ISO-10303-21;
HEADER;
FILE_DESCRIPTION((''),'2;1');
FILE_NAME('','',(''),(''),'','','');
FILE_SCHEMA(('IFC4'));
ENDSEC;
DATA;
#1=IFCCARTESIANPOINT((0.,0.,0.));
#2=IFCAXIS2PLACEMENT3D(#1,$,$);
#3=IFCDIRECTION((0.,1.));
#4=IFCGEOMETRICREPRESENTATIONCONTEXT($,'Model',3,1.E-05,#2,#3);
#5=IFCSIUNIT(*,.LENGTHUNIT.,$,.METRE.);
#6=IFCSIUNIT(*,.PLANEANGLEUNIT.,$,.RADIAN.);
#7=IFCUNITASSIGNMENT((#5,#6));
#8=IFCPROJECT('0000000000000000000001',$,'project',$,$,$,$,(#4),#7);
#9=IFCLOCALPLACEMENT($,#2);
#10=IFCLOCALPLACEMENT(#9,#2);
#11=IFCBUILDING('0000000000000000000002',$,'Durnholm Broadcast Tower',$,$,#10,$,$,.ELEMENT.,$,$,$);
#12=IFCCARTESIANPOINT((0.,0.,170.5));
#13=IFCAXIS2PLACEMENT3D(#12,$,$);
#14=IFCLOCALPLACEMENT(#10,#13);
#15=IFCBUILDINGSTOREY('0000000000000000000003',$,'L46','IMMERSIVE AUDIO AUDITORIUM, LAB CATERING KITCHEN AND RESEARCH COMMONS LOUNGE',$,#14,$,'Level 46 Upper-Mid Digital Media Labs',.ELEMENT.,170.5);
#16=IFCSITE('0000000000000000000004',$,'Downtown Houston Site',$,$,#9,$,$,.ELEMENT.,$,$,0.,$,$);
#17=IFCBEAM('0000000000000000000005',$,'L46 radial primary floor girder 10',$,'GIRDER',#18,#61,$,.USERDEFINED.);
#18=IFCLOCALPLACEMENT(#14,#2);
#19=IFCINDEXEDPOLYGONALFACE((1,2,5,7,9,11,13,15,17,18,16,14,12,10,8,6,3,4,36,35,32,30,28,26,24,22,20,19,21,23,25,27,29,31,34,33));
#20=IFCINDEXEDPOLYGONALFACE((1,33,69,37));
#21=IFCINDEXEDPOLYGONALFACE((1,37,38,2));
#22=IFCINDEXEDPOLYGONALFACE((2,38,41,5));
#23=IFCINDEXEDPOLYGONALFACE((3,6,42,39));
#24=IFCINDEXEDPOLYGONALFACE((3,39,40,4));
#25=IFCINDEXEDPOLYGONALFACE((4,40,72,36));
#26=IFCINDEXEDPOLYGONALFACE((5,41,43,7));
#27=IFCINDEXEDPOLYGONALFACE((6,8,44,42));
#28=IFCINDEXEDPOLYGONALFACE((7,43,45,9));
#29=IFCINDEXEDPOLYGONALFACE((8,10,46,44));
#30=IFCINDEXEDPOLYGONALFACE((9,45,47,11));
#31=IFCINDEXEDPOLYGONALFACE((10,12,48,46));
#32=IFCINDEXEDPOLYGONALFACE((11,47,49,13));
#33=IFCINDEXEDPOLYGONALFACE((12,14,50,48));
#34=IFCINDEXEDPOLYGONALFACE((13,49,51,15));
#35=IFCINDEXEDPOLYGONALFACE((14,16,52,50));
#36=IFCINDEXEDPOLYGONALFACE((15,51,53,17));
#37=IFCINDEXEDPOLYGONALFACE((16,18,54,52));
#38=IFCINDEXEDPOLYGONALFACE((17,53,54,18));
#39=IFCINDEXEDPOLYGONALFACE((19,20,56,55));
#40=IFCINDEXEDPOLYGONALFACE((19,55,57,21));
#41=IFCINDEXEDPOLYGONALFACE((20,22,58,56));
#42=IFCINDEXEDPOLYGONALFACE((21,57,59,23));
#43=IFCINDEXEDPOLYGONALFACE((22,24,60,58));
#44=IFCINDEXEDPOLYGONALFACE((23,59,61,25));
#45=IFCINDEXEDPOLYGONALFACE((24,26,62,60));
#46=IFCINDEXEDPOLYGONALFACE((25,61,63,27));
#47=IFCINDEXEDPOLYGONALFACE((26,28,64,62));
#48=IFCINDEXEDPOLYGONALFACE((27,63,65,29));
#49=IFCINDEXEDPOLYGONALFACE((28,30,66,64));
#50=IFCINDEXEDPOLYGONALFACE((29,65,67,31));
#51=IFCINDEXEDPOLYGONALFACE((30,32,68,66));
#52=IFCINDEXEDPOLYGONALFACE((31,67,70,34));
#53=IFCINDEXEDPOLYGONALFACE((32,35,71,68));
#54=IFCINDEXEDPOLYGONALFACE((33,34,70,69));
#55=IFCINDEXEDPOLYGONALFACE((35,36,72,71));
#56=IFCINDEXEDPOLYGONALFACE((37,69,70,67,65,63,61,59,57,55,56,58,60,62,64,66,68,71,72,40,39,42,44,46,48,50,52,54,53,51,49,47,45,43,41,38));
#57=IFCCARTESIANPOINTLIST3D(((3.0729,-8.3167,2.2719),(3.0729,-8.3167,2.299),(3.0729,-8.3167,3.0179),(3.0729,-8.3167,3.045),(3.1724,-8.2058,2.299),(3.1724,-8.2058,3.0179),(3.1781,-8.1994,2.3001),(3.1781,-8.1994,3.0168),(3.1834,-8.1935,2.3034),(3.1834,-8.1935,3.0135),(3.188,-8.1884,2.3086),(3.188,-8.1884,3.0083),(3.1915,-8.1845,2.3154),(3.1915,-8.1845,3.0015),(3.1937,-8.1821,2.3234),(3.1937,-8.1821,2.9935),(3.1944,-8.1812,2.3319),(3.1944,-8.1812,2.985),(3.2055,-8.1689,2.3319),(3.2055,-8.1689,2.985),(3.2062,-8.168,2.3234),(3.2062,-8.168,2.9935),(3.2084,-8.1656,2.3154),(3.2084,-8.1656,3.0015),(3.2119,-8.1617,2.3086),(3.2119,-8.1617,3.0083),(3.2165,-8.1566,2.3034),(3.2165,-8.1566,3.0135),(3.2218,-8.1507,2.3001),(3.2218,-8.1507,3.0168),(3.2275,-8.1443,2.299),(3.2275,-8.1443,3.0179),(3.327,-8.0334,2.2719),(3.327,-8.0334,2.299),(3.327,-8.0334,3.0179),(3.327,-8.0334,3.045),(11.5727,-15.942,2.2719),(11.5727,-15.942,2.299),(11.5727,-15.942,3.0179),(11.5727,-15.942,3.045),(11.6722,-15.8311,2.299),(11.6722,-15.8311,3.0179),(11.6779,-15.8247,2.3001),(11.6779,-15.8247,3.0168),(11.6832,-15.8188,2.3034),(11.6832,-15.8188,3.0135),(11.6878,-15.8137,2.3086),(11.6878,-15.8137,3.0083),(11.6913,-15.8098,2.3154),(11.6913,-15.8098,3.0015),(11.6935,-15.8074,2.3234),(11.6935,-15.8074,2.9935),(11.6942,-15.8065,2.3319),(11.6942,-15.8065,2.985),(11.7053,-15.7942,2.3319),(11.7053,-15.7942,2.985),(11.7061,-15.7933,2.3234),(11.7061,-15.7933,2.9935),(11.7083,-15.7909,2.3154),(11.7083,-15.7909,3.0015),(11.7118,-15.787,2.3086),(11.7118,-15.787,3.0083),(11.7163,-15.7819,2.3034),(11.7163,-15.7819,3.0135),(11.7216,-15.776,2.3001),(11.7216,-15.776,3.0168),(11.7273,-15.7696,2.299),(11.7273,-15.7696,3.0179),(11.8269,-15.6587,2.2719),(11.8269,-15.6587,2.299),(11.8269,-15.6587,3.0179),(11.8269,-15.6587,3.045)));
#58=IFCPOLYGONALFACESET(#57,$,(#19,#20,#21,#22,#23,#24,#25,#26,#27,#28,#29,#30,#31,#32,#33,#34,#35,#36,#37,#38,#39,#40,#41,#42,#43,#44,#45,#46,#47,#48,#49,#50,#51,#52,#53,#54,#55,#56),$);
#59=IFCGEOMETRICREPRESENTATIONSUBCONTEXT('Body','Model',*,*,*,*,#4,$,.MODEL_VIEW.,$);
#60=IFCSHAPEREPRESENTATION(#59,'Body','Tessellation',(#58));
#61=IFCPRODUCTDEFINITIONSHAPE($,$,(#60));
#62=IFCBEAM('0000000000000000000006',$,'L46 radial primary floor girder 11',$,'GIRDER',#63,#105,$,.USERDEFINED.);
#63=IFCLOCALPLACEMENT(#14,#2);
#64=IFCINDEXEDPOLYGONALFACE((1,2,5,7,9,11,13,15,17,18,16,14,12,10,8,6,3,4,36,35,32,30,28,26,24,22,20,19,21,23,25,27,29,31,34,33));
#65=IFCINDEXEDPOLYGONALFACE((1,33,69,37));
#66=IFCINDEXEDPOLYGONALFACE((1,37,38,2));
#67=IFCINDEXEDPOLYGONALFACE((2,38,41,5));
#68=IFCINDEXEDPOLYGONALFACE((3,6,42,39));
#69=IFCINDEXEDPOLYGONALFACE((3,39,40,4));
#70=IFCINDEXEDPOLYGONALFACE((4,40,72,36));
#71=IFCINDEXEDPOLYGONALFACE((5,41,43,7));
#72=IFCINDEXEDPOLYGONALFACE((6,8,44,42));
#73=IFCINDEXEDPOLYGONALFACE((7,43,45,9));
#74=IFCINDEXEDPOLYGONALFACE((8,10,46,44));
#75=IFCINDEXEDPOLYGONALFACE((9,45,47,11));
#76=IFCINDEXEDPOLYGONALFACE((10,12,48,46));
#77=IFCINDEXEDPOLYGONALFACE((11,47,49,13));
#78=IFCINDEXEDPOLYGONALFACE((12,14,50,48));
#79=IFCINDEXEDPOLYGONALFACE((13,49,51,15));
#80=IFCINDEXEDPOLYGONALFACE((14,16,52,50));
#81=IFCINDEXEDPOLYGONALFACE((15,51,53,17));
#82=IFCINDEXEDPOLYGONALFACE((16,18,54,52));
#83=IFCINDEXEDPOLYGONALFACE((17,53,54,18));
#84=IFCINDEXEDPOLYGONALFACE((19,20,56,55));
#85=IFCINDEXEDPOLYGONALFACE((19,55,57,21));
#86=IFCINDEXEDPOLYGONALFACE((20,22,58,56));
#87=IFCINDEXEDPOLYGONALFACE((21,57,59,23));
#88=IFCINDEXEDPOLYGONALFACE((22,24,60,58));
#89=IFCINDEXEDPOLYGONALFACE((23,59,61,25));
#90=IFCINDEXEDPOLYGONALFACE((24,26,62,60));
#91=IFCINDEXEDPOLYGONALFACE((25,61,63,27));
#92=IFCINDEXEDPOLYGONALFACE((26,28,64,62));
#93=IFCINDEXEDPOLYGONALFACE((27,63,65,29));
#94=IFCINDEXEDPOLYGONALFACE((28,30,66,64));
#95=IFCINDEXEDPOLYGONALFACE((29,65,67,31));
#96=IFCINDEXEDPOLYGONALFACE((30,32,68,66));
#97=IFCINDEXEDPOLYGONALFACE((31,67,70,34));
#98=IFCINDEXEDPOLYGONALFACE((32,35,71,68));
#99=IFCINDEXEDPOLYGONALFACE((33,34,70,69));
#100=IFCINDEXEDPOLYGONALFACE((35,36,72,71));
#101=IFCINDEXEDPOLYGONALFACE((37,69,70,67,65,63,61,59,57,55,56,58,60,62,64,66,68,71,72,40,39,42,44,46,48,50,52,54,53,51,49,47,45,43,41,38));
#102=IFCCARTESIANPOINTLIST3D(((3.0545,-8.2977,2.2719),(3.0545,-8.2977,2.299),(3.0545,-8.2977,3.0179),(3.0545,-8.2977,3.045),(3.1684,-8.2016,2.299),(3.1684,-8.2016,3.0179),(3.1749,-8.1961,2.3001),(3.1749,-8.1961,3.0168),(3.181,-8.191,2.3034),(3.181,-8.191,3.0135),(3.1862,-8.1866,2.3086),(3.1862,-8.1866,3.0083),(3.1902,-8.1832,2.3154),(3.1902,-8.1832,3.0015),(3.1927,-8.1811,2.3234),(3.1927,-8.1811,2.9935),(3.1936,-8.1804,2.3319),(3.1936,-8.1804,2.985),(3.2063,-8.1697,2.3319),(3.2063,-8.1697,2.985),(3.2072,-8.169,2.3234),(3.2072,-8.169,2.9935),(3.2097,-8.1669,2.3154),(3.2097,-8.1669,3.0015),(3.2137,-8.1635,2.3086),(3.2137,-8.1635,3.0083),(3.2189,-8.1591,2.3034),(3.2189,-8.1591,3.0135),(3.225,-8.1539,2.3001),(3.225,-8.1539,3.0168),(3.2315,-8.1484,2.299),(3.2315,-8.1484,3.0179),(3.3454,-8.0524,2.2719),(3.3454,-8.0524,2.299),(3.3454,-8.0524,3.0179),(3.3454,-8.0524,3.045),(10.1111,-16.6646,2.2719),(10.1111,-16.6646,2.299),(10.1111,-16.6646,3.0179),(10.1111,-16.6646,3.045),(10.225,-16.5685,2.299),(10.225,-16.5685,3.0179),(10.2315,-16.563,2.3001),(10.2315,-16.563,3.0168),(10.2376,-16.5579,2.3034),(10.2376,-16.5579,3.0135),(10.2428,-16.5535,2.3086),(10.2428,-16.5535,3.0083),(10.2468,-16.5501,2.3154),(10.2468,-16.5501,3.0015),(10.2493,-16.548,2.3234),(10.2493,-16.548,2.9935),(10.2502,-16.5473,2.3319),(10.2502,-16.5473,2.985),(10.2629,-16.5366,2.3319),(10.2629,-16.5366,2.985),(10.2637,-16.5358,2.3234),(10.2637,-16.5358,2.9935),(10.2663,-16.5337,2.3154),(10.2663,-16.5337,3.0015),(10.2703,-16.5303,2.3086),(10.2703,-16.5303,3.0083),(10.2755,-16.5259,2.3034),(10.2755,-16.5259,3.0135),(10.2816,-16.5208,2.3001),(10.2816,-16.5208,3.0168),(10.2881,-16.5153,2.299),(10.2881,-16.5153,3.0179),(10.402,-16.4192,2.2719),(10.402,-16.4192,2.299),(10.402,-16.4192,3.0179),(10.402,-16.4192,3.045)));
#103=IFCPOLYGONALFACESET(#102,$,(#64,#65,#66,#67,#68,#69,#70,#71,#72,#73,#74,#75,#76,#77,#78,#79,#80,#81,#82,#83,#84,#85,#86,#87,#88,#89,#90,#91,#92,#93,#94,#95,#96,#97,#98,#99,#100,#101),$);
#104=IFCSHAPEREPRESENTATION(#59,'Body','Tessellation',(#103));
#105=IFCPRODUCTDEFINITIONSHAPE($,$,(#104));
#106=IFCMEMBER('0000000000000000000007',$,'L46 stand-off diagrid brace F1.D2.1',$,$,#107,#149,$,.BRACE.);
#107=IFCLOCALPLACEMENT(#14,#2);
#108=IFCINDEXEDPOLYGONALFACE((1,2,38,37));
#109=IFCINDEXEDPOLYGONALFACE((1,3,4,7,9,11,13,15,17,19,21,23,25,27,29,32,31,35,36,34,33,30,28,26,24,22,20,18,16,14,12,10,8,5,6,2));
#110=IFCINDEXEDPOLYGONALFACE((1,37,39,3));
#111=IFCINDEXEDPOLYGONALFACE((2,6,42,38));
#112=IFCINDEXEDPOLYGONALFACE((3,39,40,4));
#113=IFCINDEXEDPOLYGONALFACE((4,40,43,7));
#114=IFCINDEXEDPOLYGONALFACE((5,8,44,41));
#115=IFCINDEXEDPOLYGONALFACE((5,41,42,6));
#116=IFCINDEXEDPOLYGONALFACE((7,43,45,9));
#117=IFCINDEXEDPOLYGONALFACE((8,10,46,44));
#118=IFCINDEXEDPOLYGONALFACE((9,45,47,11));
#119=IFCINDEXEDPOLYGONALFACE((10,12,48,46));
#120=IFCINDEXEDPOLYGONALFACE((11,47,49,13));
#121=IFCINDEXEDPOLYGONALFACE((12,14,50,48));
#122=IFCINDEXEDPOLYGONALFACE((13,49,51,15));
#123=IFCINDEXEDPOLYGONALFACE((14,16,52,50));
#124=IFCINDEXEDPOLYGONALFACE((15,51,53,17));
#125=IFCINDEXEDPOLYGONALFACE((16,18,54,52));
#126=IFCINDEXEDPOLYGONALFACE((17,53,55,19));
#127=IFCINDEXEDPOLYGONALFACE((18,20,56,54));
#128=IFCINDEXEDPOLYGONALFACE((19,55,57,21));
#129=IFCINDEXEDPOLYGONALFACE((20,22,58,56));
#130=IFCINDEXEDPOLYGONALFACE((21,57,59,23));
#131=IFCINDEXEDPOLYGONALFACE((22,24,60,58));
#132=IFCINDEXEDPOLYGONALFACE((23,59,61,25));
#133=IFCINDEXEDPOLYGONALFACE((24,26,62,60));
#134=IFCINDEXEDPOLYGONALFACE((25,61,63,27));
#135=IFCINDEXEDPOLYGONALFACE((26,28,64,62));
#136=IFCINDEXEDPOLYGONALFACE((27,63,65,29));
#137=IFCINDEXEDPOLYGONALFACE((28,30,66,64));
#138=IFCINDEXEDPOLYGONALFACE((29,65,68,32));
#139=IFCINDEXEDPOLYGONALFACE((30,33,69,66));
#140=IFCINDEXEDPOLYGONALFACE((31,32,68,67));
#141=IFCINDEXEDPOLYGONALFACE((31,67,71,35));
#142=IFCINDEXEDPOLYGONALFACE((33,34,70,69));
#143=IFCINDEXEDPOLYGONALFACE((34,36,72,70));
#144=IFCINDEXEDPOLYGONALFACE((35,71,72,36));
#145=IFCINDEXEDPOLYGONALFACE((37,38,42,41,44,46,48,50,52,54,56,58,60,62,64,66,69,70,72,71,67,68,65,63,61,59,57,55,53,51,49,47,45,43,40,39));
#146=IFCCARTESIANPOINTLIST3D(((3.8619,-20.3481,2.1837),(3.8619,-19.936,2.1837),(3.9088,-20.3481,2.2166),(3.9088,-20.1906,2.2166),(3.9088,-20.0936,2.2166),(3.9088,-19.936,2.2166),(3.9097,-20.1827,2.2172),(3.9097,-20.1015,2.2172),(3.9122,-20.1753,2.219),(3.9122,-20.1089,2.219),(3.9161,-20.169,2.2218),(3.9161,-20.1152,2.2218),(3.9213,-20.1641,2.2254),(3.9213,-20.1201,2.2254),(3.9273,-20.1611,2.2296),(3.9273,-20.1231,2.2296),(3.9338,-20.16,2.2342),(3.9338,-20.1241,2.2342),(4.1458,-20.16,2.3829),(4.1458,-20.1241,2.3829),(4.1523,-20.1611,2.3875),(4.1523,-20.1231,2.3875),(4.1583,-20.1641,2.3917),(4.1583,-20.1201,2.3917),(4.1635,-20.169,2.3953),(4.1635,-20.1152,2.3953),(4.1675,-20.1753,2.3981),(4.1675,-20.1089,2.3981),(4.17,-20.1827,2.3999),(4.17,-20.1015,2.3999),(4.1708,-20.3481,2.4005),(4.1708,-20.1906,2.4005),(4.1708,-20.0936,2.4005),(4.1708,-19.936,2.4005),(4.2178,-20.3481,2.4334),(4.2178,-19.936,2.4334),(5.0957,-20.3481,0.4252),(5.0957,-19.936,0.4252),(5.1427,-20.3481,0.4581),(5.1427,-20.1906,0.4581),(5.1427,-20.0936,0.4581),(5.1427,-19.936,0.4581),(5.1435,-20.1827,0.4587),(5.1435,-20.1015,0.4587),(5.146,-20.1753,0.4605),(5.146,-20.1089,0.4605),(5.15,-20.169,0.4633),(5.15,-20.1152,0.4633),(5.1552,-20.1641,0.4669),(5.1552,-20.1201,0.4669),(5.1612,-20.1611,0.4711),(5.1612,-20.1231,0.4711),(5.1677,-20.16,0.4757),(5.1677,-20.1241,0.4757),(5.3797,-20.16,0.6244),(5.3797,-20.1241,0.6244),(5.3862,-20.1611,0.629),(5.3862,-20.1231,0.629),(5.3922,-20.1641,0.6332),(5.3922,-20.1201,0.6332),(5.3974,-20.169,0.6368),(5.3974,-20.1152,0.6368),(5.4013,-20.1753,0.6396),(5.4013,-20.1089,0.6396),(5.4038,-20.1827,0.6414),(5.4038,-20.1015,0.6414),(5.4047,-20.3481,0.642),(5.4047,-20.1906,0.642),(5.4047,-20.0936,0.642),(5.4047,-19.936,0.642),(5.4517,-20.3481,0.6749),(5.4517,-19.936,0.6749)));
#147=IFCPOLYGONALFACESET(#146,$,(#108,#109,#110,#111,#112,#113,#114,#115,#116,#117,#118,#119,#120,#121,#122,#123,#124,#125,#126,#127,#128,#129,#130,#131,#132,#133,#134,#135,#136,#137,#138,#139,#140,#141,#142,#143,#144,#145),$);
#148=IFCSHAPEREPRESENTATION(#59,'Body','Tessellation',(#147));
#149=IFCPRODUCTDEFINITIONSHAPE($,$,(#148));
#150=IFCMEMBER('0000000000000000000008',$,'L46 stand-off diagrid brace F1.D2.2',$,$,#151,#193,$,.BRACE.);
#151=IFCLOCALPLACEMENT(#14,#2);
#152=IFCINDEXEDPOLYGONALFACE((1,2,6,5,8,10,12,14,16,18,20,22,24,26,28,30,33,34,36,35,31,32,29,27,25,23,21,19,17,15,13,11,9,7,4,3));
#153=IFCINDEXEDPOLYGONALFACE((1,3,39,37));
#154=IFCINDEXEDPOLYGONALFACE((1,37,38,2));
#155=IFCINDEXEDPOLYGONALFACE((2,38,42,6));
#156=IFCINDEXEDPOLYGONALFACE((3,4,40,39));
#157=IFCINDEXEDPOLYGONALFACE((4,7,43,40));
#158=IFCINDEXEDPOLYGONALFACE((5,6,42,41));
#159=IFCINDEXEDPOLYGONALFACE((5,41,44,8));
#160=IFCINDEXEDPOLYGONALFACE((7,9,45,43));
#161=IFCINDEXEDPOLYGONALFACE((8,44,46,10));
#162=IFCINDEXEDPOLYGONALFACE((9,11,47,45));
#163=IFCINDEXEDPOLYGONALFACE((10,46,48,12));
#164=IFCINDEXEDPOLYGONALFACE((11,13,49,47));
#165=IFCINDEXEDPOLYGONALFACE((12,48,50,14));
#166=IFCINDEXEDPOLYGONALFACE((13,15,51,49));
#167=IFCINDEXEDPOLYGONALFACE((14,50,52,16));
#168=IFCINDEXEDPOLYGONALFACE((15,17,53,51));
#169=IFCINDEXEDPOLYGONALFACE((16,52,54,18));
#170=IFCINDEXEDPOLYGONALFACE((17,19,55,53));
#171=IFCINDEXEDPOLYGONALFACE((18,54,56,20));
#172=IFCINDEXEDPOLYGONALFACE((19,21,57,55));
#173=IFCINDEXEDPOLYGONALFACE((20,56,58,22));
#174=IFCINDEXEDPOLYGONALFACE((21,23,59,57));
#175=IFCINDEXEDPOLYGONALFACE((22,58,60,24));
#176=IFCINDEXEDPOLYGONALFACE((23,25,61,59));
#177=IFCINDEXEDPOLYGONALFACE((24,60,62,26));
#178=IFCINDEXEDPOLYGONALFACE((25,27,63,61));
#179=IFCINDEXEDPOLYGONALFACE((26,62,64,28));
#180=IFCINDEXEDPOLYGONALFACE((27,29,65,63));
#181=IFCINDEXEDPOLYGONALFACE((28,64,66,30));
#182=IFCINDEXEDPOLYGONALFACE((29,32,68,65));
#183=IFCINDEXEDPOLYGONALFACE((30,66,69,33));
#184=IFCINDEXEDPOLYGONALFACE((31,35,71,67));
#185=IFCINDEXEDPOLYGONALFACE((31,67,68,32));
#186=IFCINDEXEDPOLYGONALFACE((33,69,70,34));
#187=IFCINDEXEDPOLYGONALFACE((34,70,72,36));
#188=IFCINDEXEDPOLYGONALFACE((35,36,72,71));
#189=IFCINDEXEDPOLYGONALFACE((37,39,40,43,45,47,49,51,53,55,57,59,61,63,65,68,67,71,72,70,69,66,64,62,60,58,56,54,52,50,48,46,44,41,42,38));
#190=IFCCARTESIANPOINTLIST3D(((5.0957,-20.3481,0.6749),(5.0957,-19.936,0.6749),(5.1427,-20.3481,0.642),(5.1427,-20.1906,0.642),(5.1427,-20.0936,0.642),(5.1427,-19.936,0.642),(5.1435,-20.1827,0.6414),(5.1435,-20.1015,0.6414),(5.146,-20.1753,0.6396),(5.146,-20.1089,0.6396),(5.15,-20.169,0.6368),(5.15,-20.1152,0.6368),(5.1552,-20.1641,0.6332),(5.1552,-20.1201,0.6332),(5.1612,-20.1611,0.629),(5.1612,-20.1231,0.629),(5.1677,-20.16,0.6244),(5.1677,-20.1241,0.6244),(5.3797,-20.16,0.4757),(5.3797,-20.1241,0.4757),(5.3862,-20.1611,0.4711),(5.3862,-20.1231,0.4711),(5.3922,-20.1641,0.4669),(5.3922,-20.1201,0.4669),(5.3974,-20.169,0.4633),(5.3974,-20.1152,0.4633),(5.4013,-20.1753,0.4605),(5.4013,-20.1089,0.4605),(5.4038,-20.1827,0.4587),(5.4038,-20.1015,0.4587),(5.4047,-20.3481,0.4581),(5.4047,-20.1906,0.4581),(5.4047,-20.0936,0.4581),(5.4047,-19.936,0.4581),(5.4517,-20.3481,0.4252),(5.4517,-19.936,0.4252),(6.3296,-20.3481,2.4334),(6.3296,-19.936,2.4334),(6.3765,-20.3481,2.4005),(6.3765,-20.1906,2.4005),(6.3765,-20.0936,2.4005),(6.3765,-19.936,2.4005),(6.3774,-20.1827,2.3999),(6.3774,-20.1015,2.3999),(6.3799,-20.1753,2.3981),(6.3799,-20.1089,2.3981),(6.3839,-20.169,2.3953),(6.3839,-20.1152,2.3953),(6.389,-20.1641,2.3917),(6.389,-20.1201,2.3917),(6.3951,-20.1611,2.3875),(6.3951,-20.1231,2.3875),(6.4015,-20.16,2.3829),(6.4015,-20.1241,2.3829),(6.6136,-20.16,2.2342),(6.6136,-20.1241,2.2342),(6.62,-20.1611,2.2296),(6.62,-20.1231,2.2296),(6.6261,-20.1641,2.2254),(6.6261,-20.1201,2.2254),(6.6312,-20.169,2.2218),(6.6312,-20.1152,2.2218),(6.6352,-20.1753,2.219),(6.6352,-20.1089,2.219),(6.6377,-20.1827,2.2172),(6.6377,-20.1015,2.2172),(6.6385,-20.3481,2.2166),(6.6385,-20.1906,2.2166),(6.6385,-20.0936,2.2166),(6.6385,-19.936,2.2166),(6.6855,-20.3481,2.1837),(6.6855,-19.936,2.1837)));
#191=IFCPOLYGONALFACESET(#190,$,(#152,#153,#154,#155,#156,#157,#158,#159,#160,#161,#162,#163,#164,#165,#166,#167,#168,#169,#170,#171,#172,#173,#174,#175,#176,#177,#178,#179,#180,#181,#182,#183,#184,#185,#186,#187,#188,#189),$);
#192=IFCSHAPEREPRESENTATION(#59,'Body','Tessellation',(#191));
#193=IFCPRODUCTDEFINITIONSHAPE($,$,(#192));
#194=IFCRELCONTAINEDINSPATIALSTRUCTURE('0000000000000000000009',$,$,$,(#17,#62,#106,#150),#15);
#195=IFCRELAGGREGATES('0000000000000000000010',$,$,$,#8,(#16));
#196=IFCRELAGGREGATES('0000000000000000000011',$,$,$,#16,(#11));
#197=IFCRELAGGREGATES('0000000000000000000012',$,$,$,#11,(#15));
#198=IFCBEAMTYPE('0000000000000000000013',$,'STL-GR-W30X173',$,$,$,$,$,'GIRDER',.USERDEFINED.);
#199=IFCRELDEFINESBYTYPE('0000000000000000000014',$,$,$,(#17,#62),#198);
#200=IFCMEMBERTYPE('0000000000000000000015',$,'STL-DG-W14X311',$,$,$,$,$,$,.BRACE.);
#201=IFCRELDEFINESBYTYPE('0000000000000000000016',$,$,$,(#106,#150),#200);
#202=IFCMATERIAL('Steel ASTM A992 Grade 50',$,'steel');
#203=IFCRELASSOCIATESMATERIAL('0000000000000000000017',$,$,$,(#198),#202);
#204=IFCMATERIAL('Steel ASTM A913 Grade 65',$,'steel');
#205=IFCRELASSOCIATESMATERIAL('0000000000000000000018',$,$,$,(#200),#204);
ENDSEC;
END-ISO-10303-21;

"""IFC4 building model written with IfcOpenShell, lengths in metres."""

from ifc_helpers import new_model, si_unit, direction, frame, origin, origin_2d, place, context, subcontext, project, spatial, i_section, extrude, source, transform, mapped, material, material_profile, profile_set, type_object, type_shapes, element, save


model = new_model("IFC4")

# Units and contexts
model_context = context("Model", 3, precision=1e-05, world=origin(), true_north=direction((0.0, 1.0)))
body_context = subcontext(model_context, "Body", "Model", "MODEL_VIEW")
ifc_project = project(units=[si_unit("LENGTHUNIT", "METRE"), si_unit("PLANEANGLEUNIT", "RADIAN")], contexts=[model_context])

# Site, building, storey
site_placement = place(None, origin())
site = spatial("IfcSite", under=ifc_project, at=site_placement, Name="Downtown Houston Site", CompositionType="ELEMENT", RefElevation=0.0)
building_placement = place(site_placement, origin())
building = spatial("IfcBuilding", under=site, at=building_placement, Name="Durnholm Broadcast Tower", CompositionType="ELEMENT")
storey_placement = place(building_placement, frame((0.0, 0.0, 170.5)))
storey = spatial("IfcBuildingStorey", under=building, at=storey_placement, Name="L46", Description="IMMERSIVE AUDIO AUDITORIUM, LAB CATERING KITCHEN AND RESEARCH COMMONS LOUNGE", LongName="Level 46 Upper-Mid Digital Media Labs", CompositionType="ELEMENT", Elevation=170.5)

# Beams
ifc_material_1 = material(Name="Steel ASTM A992 Grade 50", Category="steel")
ifc_material_profile_1 = material_profile(ifc_material_1, i_section(OverallWidth=0.3806, OverallDepth=0.7732, WebThickness=0.0166, FlangeThickness=0.0271, FilletRadius=0.033, at=origin_2d()), Name="W30X173")
ifc_profile_set_1 = profile_set([ifc_material_profile_1], Name="Steel ASTM A992 Grade 50")
beam_type_1 = type_object("IfcBeamType", Name="STL-GR-W30X173", ElementType="GIRDER", PredefinedType="USERDEFINED", material=ifc_profile_set_1)
shared_shape_1 = source(origin(), body_context, "Body", "SweptSolid", [
    extrude(i_section(OverallWidth=0.3806, OverallDepth=0.7732, WebThickness=0.0166, FlangeThickness=0.0271, FilletRadius=0.033, at=origin_2d()), origin(), (0.0, 0.0, 1.0), 11.4189),
])
beam_1_placement = place(storey_placement, frame((3.2, -8.175, 2.6584), z_axis=(0.744362, -0.667777, 0.0), x_axis=(0.667777, 0.744362, 0.0)))
element("IfcBeam", 1, at=beam_1_placement, inside=storey, type_object=beam_type_1, Name="L46 radial primary floor girder 10", ObjectType="GIRDER", PredefinedType="USERDEFINED", context=body_context, shape_type="MappedRepresentation", body=[
    mapped(shared_shape_1, transform((0.0, 0.0, 0.0), x_axis=(1.0, 0.0, 0.0), y_axis=(0.0, 1.0, 0.0), z_axis=(0.0, 0.0, 1.0), scale=1.0)),
])
shared_shape_2 = source(origin(), body_context, "Body", "SweptSolid", [
    extrude(i_section(OverallWidth=0.3806, OverallDepth=0.7732, WebThickness=0.0166, FlangeThickness=0.0271, FilletRadius=0.033, at=origin_2d()), origin(), (0.0, 0.0, 1.0), 10.9453),
])
type_shapes(beam_type_1, [shared_shape_1, shared_shape_2])
beam_2_placement = place(storey_placement, frame((3.2, -8.175, 2.6584), z_axis=(0.644713, -0.764425, 0.0), x_axis=(0.764425, 0.644713, 0.0)))
element("IfcBeam", 2, at=beam_2_placement, inside=storey, type_object=beam_type_1, Name="L46 radial primary floor girder 11", ObjectType="GIRDER", PredefinedType="USERDEFINED", context=body_context, shape_type="MappedRepresentation", body=[
    mapped(shared_shape_2, transform((0.0, 0.0, 0.0), x_axis=(1.0, 0.0, 0.0), y_axis=(0.0, 1.0, 0.0), z_axis=(0.0, 0.0, 1.0), scale=1.0)),
])

# Members
ifc_material_2 = material(Name="Steel ASTM A913 Grade 65", Category="steel")
ifc_material_profile_2 = material_profile(ifc_material_2, i_section(OverallWidth=0.4121, OverallDepth=0.4348, WebThickness=0.0359, FlangeThickness=0.0574, FilletRadius=0.0305, at=origin_2d()), Name="W14X311")
ifc_profile_set_2 = profile_set([ifc_material_profile_2], Name="Steel ASTM A913 Grade 65")
member_type_1 = type_object("IfcMemberType", Name="STL-DG-W14X311", PredefinedType="BRACE", material=ifc_profile_set_2)
shared_shape_3 = source(origin(), body_context, "Body", "SweptSolid", [
    extrude(i_section(OverallWidth=0.4121, OverallDepth=0.4348, WebThickness=0.0359, FlangeThickness=0.0574, FilletRadius=0.0305, at=origin_2d()), origin(), (0.0, 0.0, 1.0), 2.1482),
])
type_shapes(member_type_1, [shared_shape_3])
for number, where, z_axis, x_axis, name in (
    (3, (5.2737, -20.1421, 0.55), (-0.57437, 0.0, 0.818596), (0.0, -1.0, 0.0), "L46 stand-off diagrid brace F1.D2.1"),
    (4, (5.2737, -20.1421, 0.55), (0.57437, 0.0, 0.818596), (0.0, 1.0, 0.0), "L46 stand-off diagrid brace F1.D2.2"),
):
    element("IfcMember", number, at=place(storey_placement, frame(where, z_axis=z_axis, x_axis=x_axis)), inside=storey, type_object=member_type_1, Name=name, PredefinedType="BRACE", context=body_context, shape_type="MappedRepresentation", body=[
        mapped(shared_shape_3, transform((0.0, 0.0, 0.0), x_axis=(1.0, 0.0, 0.0), y_axis=(0.0, 1.0, 0.0), z_axis=(0.0, 0.0, 1.0), scale=1.0)),
    ])

save(model, "model.ifc")
